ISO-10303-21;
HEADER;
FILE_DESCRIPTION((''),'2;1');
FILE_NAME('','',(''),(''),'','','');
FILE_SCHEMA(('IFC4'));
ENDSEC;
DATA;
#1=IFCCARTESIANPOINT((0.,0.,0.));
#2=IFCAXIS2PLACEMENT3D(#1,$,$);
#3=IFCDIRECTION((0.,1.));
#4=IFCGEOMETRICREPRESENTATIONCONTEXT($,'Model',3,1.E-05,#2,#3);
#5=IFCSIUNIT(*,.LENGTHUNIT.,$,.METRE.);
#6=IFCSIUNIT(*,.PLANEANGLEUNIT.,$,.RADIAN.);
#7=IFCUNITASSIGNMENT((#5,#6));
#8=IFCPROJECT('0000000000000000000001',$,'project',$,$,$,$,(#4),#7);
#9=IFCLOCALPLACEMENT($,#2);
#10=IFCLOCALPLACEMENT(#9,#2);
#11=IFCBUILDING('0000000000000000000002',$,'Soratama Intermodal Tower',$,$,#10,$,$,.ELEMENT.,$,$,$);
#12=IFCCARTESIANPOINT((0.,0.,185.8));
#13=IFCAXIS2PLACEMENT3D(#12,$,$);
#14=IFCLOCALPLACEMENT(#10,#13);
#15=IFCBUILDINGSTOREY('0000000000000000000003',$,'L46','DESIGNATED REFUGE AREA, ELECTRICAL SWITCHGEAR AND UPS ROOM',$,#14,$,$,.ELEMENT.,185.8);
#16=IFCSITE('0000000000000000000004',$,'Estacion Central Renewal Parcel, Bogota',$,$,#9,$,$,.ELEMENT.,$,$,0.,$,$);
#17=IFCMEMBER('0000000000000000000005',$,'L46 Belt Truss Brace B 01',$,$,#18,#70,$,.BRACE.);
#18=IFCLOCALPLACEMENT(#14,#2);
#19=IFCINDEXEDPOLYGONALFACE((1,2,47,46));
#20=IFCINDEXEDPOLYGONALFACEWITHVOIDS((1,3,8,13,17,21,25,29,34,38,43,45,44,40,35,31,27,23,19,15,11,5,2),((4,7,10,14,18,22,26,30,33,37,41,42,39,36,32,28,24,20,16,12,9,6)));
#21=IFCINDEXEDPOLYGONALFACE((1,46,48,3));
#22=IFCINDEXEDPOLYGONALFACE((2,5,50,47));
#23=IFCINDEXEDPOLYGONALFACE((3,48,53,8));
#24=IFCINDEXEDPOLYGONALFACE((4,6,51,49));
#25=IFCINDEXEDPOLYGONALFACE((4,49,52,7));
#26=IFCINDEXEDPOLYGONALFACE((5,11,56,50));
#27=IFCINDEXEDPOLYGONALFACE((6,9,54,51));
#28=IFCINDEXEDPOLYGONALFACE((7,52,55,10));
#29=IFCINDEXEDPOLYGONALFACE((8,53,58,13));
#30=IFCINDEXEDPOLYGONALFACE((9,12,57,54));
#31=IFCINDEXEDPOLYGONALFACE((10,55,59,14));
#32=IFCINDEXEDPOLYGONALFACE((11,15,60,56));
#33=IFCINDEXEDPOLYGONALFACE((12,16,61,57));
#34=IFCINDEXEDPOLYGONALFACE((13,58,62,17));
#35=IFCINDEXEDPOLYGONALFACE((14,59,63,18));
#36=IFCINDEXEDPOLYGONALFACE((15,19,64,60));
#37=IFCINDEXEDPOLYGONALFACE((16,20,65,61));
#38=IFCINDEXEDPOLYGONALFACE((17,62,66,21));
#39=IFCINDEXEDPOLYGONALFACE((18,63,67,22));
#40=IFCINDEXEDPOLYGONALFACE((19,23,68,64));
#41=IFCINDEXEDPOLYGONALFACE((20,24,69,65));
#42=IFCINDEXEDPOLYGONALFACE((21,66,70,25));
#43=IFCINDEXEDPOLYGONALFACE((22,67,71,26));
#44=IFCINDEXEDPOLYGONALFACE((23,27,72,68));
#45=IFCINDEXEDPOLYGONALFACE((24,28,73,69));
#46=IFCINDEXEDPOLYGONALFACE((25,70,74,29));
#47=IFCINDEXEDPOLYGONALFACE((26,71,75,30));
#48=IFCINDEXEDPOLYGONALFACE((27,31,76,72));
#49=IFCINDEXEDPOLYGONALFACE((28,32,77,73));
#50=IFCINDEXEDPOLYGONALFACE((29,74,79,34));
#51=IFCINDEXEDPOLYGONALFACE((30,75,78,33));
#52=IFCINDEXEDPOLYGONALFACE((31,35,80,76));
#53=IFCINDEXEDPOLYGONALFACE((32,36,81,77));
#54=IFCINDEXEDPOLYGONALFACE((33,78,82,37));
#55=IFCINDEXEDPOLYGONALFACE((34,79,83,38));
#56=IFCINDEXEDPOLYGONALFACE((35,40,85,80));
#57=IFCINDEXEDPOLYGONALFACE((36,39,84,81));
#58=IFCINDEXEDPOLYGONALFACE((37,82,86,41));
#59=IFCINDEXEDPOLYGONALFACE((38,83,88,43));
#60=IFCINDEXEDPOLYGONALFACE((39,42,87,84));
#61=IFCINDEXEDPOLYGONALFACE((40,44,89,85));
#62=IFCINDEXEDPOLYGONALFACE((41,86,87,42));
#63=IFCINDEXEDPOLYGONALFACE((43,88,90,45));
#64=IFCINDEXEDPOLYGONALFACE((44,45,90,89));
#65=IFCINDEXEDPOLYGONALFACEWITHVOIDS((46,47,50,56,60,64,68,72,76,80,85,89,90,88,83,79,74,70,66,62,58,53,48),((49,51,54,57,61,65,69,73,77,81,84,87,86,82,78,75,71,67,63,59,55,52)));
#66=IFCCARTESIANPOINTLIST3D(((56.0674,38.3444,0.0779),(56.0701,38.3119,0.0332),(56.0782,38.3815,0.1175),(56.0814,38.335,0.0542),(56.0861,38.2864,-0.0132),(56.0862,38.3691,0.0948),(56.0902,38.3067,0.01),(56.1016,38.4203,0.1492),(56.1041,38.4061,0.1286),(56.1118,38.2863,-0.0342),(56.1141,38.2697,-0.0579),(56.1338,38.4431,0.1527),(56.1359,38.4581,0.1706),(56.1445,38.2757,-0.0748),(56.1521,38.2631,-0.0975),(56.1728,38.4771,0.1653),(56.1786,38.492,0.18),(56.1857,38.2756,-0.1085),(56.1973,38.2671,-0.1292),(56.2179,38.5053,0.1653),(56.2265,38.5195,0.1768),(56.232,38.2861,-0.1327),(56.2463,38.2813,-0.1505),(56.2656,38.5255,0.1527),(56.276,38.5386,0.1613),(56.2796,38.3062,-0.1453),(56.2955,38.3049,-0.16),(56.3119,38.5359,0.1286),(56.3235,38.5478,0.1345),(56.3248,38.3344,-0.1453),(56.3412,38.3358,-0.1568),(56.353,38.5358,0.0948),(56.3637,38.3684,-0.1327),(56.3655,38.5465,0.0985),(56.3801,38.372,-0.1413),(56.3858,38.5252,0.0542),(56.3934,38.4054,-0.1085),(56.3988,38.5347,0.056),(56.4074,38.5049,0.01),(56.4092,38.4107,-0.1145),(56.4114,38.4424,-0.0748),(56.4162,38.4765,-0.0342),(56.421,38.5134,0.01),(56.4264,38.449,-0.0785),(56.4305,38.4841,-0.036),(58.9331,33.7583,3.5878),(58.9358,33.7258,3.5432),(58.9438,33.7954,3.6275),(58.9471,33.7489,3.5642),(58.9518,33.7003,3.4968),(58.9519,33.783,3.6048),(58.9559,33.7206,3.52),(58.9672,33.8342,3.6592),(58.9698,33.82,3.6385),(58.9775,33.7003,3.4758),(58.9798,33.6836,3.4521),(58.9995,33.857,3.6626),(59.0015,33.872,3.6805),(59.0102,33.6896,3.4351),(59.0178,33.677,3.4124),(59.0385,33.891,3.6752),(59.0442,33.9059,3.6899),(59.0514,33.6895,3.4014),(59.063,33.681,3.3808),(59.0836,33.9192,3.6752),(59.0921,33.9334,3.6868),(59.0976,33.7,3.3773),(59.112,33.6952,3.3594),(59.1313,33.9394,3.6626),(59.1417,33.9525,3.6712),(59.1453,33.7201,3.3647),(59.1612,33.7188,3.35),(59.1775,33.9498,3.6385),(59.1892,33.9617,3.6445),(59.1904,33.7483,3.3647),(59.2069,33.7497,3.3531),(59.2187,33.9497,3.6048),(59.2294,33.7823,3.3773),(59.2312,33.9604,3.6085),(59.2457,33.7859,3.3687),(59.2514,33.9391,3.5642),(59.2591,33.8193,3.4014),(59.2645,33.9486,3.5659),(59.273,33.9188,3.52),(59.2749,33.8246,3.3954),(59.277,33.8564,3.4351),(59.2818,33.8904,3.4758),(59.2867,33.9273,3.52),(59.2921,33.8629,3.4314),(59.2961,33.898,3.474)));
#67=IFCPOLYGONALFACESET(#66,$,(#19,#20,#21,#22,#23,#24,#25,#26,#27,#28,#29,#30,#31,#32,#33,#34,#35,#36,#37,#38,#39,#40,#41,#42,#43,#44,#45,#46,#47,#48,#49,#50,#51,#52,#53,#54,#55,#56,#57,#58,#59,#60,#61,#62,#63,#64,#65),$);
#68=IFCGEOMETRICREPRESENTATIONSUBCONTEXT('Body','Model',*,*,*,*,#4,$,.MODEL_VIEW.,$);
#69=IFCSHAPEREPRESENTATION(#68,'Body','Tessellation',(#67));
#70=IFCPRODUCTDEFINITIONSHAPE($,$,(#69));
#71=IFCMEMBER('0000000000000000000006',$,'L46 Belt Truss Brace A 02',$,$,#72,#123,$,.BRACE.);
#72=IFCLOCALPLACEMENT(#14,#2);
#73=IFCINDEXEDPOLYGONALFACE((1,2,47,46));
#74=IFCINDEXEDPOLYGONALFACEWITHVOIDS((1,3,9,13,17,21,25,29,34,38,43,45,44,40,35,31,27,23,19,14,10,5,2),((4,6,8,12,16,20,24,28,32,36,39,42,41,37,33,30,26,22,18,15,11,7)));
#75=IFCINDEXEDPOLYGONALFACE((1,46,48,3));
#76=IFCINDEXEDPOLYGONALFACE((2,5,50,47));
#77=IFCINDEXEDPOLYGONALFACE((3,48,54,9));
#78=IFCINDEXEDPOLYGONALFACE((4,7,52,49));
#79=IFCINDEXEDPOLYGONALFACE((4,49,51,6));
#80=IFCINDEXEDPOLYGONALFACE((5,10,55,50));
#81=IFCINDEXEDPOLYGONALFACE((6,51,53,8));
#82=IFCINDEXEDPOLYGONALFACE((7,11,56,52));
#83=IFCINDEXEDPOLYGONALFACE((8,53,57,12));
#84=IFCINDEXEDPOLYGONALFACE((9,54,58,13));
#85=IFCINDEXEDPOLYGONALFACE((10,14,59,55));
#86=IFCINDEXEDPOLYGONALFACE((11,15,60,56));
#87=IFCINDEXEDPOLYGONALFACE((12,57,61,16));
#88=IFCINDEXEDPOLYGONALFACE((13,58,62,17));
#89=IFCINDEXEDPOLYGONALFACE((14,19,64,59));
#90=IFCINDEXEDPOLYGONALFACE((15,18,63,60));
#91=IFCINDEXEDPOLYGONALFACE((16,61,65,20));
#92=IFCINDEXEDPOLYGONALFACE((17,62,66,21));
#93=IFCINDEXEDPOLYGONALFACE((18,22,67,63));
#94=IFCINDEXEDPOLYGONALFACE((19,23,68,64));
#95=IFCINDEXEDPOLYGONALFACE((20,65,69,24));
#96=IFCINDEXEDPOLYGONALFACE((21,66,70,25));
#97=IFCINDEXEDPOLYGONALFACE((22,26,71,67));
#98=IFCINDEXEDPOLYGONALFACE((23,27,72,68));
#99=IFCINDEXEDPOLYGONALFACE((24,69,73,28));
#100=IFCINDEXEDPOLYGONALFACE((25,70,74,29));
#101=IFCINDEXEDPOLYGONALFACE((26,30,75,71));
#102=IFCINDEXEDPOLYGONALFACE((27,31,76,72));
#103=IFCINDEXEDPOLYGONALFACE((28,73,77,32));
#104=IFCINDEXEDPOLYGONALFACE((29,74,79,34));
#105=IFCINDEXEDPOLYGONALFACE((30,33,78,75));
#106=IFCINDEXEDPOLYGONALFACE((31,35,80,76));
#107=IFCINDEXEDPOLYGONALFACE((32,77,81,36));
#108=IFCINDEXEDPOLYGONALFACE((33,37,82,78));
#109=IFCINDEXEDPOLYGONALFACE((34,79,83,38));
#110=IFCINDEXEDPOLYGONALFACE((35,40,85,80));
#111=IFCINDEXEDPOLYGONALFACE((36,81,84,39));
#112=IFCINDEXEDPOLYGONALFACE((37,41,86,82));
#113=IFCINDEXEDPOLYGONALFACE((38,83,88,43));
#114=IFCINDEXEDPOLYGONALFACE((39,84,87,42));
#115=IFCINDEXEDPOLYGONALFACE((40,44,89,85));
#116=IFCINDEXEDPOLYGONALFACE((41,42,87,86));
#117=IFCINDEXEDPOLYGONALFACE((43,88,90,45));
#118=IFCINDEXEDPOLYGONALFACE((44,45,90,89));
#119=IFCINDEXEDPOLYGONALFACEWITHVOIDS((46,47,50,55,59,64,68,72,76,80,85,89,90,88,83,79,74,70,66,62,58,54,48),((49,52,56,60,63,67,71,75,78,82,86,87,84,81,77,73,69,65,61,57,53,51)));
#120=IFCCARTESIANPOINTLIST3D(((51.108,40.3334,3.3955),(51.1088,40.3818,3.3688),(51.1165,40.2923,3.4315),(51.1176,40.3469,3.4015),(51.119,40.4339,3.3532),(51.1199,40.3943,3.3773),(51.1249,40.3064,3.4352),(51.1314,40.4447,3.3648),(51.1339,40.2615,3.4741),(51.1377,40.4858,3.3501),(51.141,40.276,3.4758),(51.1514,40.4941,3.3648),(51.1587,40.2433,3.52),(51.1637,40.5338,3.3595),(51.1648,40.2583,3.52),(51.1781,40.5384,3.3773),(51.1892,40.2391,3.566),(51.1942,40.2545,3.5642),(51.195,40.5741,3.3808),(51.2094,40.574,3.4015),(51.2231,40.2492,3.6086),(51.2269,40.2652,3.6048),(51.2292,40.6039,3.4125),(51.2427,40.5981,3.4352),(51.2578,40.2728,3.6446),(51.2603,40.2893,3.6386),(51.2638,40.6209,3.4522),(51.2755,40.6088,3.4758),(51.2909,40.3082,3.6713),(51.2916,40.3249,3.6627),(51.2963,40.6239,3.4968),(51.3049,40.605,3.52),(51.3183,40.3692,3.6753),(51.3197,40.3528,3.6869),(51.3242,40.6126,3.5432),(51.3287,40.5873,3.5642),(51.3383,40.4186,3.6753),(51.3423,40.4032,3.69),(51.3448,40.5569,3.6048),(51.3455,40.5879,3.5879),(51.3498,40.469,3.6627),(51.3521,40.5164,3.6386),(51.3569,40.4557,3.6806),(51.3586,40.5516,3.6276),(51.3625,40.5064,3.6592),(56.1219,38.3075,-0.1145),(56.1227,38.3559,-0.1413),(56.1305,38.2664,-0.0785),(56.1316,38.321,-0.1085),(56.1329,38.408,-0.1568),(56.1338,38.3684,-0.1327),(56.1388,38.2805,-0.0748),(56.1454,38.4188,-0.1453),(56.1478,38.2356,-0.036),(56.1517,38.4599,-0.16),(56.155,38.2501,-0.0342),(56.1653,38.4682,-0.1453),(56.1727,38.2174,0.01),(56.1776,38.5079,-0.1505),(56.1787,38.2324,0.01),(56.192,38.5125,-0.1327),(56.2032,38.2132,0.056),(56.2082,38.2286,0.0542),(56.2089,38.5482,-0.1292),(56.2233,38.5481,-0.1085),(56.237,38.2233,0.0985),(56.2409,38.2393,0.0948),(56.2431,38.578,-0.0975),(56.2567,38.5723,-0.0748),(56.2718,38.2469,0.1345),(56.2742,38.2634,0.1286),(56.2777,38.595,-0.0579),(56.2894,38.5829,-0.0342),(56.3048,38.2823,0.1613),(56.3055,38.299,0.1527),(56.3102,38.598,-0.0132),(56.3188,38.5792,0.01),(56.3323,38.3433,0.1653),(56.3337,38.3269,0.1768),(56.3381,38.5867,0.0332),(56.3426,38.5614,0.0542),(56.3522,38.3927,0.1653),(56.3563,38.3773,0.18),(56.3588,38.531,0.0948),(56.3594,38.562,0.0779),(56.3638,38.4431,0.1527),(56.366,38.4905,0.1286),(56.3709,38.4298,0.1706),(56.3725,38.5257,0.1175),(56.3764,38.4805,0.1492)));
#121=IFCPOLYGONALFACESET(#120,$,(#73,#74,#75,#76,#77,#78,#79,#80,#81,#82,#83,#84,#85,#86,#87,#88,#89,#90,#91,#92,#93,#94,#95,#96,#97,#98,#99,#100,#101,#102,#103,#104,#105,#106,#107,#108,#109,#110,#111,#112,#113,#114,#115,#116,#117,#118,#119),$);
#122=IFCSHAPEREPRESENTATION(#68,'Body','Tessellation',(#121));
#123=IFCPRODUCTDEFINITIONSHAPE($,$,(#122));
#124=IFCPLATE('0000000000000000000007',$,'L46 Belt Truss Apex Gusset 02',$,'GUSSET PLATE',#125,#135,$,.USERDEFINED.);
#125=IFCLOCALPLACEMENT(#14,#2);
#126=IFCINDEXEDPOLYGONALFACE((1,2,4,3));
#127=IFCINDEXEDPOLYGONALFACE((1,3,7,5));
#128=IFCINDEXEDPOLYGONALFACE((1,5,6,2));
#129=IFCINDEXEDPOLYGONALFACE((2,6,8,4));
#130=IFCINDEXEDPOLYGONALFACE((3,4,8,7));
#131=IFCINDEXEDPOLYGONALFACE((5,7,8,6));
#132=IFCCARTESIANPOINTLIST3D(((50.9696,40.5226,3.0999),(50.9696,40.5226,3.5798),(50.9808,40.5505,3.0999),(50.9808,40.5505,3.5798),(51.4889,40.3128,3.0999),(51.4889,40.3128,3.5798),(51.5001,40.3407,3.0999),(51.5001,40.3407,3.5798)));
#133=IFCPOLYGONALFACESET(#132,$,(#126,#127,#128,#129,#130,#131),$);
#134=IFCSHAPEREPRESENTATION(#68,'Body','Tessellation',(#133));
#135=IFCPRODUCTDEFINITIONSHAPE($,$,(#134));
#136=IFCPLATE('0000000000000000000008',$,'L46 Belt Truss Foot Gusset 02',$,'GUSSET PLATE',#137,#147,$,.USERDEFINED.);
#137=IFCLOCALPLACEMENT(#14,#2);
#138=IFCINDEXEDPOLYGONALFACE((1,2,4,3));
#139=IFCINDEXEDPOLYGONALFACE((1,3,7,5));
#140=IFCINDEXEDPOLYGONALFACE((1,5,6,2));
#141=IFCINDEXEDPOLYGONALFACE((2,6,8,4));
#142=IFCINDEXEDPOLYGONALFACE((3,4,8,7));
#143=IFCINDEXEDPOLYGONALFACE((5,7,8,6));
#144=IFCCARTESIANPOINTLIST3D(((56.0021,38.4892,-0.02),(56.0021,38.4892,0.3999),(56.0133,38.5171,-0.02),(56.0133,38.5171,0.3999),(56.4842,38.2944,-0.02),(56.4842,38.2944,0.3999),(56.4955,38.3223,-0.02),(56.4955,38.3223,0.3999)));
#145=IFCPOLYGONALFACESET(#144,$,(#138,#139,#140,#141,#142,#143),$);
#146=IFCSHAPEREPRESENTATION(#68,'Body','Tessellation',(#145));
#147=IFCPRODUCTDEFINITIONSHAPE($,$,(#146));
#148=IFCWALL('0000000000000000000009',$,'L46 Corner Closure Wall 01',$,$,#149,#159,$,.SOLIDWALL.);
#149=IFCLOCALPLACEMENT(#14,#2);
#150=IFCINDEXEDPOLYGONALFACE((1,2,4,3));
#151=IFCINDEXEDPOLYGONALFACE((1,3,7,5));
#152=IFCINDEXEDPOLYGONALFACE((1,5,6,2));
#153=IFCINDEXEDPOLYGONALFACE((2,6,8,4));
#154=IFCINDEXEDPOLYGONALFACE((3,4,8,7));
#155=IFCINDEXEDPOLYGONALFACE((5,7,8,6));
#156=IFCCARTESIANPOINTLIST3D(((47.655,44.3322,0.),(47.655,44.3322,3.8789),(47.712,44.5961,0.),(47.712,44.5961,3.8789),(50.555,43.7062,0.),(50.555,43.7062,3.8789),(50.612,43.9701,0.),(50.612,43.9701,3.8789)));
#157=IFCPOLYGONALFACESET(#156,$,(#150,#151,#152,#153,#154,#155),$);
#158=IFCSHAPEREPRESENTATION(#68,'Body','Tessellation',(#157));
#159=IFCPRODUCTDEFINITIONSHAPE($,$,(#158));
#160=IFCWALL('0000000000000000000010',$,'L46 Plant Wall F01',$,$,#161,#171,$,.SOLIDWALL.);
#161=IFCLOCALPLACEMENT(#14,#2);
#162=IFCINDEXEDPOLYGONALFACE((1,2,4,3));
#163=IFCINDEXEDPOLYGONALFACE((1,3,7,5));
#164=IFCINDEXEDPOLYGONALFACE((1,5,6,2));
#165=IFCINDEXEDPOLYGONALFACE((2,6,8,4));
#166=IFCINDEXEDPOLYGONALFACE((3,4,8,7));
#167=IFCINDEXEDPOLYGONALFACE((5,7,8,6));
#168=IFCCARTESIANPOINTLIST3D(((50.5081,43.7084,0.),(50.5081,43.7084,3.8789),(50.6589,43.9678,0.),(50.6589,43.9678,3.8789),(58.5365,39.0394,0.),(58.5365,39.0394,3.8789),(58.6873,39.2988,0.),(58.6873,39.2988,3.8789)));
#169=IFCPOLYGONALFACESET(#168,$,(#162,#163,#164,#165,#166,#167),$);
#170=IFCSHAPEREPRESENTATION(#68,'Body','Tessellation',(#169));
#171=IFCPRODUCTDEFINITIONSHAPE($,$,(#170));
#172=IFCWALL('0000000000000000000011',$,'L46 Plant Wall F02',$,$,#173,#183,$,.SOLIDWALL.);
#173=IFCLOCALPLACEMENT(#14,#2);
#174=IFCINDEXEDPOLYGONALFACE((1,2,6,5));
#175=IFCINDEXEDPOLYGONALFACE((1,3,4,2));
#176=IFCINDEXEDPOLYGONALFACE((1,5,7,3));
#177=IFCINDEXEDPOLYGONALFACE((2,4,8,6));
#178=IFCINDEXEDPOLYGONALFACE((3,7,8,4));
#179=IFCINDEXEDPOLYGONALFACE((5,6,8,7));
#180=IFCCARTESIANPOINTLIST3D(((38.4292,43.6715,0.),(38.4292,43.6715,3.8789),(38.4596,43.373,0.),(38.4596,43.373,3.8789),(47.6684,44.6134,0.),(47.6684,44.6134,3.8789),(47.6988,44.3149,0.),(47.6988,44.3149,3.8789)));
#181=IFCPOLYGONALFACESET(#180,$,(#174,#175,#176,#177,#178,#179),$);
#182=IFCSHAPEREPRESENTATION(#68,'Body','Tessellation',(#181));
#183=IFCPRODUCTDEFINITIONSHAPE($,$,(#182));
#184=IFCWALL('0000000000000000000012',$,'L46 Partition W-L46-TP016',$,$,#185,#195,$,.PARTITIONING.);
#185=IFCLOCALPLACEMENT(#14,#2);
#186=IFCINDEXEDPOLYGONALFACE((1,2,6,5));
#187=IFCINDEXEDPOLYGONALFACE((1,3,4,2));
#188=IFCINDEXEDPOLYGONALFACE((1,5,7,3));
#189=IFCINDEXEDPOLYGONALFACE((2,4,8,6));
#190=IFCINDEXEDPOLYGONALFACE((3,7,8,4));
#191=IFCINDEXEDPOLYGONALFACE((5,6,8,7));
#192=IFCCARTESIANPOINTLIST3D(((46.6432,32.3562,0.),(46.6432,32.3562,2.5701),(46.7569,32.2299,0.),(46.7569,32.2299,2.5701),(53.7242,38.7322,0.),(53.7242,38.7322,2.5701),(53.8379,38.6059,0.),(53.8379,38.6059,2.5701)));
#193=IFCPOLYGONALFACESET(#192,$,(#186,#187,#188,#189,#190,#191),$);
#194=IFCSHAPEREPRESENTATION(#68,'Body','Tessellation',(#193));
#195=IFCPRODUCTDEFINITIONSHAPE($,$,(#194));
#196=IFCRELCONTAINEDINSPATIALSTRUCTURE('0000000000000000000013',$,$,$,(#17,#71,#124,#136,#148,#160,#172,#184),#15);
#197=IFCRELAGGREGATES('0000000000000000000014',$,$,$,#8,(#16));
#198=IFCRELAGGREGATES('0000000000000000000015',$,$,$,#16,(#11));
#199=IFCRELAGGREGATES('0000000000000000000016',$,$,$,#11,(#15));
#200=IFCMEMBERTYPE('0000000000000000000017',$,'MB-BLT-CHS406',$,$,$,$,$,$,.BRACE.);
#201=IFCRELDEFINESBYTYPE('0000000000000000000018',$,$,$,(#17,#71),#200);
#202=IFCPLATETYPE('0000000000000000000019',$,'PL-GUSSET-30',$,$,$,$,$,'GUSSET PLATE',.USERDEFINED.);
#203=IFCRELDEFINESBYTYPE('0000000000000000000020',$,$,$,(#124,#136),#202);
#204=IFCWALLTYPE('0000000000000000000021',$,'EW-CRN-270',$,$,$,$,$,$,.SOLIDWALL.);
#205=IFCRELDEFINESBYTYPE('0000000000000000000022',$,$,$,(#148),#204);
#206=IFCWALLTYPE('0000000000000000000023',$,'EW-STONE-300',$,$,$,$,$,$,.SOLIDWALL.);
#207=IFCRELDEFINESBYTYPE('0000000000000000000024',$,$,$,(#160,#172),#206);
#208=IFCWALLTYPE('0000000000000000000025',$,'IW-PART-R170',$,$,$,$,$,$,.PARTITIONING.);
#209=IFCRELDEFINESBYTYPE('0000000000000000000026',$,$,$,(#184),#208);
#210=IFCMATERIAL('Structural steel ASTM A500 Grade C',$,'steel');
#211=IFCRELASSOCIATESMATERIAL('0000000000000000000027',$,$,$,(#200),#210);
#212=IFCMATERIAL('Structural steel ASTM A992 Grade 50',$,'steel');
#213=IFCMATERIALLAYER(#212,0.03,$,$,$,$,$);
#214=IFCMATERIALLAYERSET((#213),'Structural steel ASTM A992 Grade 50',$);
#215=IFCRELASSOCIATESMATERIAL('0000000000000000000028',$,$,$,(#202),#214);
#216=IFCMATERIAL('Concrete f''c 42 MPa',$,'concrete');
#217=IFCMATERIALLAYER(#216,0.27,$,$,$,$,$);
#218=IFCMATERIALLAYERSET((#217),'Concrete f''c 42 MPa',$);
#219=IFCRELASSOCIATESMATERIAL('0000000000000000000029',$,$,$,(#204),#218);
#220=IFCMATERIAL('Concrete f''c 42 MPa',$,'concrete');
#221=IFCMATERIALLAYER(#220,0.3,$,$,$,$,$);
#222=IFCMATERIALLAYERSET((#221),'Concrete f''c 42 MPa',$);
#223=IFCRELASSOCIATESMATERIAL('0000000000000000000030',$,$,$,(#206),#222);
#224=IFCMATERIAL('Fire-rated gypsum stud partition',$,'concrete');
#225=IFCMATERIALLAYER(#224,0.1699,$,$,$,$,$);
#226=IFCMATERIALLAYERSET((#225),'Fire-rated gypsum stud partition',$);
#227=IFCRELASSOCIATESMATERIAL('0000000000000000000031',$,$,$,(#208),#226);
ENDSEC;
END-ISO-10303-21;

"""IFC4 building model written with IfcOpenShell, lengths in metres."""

from ifc_helpers import new_model, si_unit, direction, frame, frame_2d, origin, origin_2d, place, context, subcontext, project, spatial, rectangle, hollow_circle, extrude, material, layer, layer_set, material_profile, profile_set, type_object, element, save


model = new_model("IFC4")

# Units and contexts
model_context = context("Model", 3, precision=1e-05, world=origin(), true_north=direction((0.0, 1.0)))
body_context = subcontext(model_context, "Body", "Model", "MODEL_VIEW")
ifc_project = project(units=[si_unit("LENGTHUNIT", "METRE"), si_unit("PLANEANGLEUNIT", "RADIAN")], contexts=[model_context])

# Site, building, storey
site_placement = place(None, origin())
site = spatial("IfcSite", under=ifc_project, at=site_placement, Name="Estacion Central Renewal Parcel, Bogota", CompositionType="ELEMENT", RefElevation=0.0)
building_placement = place(site_placement, origin())
building = spatial("IfcBuilding", under=site, at=building_placement, Name="Soratama Intermodal Tower", CompositionType="ELEMENT")
storey_placement = place(building_placement, frame((0.0, 0.0, 185.8)))
storey = spatial("IfcBuildingStorey", under=building, at=storey_placement, Name="L46", Description="DESIGNATED REFUGE AREA, ELECTRICAL SWITCHGEAR AND UPS ROOM", CompositionType="ELEMENT", Elevation=185.8)

# Members
ifc_material_1 = material(Name="Structural steel ASTM A500 Grade C", Category="steel")
ifc_material_profile_1 = material_profile(ifc_material_1, hollow_circle(Radius=0.2031, WallThickness=0.0161, at=origin_2d()), Name="CHS406X16")
ifc_profile_set_1 = profile_set([ifc_material_profile_1], Name="Structural steel ASTM A500 Grade C")
member_type = type_object("IfcMemberType", Name="MB-BLT-CHS406", PredefinedType="BRACE", material=ifc_profile_set_1)
for number, where, z_axis, x_axis, name in (
    (1, (56.2488, 38.4058, 0.01), (0.444495, -0.711351, 0.544429), (0.848052, 0.529914, 0.0), "L46 Belt Truss Brace B 01"),
    (2, (56.2488, 38.4058, 0.01), (-0.777714, 0.314236, 0.544441), (-0.374627, -0.927176, 0.0), "L46 Belt Truss Brace A 02"),
):
    element("IfcMember", number, at=place(storey_placement, frame(where, z_axis=z_axis, x_axis=x_axis)), inside=storey, type_object=member_type, Name=name, PredefinedType="BRACE", context=body_context, shape_type="SweptSolid", body=[
        extrude(hollow_circle(Radius=0.2031, WallThickness=0.0161, at=origin_2d()), origin(), (0.0, 0.0, 1.0), 6.447),
    ])

# Plates
ifc_material_2 = material(Name="Structural steel ASTM A992 Grade 50", Category="steel")
ifc_layer_1 = layer(ifc_material_2, 0.03)
ifc_layer_set_1 = layer_set([ifc_layer_1], Name="Structural steel ASTM A992 Grade 50")
plate_type = type_object("IfcPlateType", Name="PL-GUSSET-30", ElementType="GUSSET PLATE", PredefinedType="USERDEFINED", material=ifc_layer_set_1)
plate_1_placement = place(storey_placement, frame((51.2349, 40.4316, 3.0999), z_axis=(0.0, 0.0, 1.0), x_axis=(-0.927184, 0.374607, 0.0)))
element("IfcPlate", 3, at=plate_1_placement, inside=storey, type_object=plate_type, Name="L46 Belt Truss Apex Gusset 02", ObjectType="GUSSET PLATE", PredefinedType="USERDEFINED", context=body_context, shape_type="SweptSolid", body=[
    extrude(rectangle(XDim=0.5601, YDim=0.03, at=origin_2d()), origin(), (0.0, 0.0, 1.0), 0.48),
])
plate_2_placement = place(storey_placement, frame((56.2488, 38.4058, -0.02), z_axis=(0.0, 0.0, 1.0), x_axis=(-0.927184, 0.374607, 0.0)))
element("IfcPlate", 4, at=plate_2_placement, inside=storey, type_object=plate_type, Name="L46 Belt Truss Foot Gusset 02", ObjectType="GUSSET PLATE", PredefinedType="USERDEFINED", context=body_context, shape_type="SweptSolid", body=[
    extrude(rectangle(XDim=0.52, YDim=0.03, at=origin_2d()), origin(), (0.0, 0.0, 1.0), 0.4199),
])

# Walls
ifc_material_3 = material(Name="Concrete f'c 42 MPa", Category="concrete")
ifc_layer_2 = layer(ifc_material_3, 0.27)
ifc_layer_set_2 = layer_set([ifc_layer_2], Name="Concrete f'c 42 MPa")
wall_type_1 = type_object("IfcWallType", Name="EW-CRN-270", PredefinedType="SOLIDWALL", material=ifc_layer_set_2)
wall_1_placement = place(storey_placement, frame((50.5835, 43.8381, 0.0), z_axis=(0.0, 0.0, 1.0), x_axis=(-0.977486, 0.211001, 0.0)))
element("IfcWall", 5, at=wall_1_placement, inside=storey, type_object=wall_type_1, Name="L46 Corner Closure Wall 01", PredefinedType="SOLIDWALL", context=body_context, shape_type="SweptSolid", body=[
    extrude(rectangle(XDim=2.9668, YDim=0.27, at=frame_2d((1.4834, 0.0))), origin(), (0.0, 0.0, 1.0), 3.8789),
])
ifc_material_4 = material(Name="Concrete f'c 42 MPa", Category="concrete")
ifc_layer_3 = layer(ifc_material_4, 0.3)
ifc_layer_set_3 = layer_set([ifc_layer_3], Name="Concrete f'c 42 MPa")
wall_type_2 = type_object("IfcWallType", Name="EW-STONE-300", PredefinedType="SOLIDWALL", material=ifc_layer_set_3)
wall_2_placement = place(storey_placement, frame((58.6118, 39.1692, 0.0), z_axis=(0.0, 0.0, 1.0), x_axis=(-0.864446, 0.502726, 0.0)))
element("IfcWall", 6, at=wall_2_placement, inside=storey, type_object=wall_type_2, Name="L46 Plant Wall F01", PredefinedType="SOLIDWALL", context=body_context, shape_type="SweptSolid", body=[
    extrude(rectangle(XDim=9.2874, YDim=0.3, at=frame_2d((4.6436, 0.0))), origin(), (0.0, 0.0, 1.0), 3.8789),
])
wall_3_placement = place(storey_placement, frame((47.6836, 44.4641, 0.0), z_axis=(0.0, 0.0, 1.0), x_axis=(-0.994844, -0.101419, 0.0)))
element("IfcWall", 7, at=wall_3_placement, inside=storey, type_object=wall_type_2, Name="L46 Plant Wall F02", PredefinedType="SOLIDWALL", context=body_context, shape_type="SweptSolid", body=[
    extrude(rectangle(XDim=9.2871, YDim=0.3, at=frame_2d((4.6436, 0.0))), origin(), (0.0, 0.0, 1.0), 3.8789),
])
ifc_material_5 = material(Name="Fire-rated gypsum stud partition", Category="concrete")
ifc_layer_4 = layer(ifc_material_5, 0.1699)
ifc_layer_set_4 = layer_set([ifc_layer_4], Name="Fire-rated gypsum stud partition")
wall_type_3 = type_object("IfcWallType", Name="IW-PART-R170", PredefinedType="PARTITIONING", material=ifc_layer_set_4)
wall_4_placement = place(storey_placement, frame((53.781, 38.6689, 0.0), z_axis=(0.0, 0.0, 1.0), x_axis=(-0.743136, -0.66914, 0.0)))
element("IfcWall", 8, at=wall_4_placement, inside=storey, type_object=wall_type_3, Name="L46 Partition W-L46-TP016", PredefinedType="PARTITIONING", context=body_context, shape_type="SweptSolid", body=[
    extrude(rectangle(XDim=9.5286, YDim=0.1699, at=frame_2d((4.7642, 0.0))), origin(), (0.0, 0.0, 1.0), 2.5701),
])

save(model, "model.ifc")
